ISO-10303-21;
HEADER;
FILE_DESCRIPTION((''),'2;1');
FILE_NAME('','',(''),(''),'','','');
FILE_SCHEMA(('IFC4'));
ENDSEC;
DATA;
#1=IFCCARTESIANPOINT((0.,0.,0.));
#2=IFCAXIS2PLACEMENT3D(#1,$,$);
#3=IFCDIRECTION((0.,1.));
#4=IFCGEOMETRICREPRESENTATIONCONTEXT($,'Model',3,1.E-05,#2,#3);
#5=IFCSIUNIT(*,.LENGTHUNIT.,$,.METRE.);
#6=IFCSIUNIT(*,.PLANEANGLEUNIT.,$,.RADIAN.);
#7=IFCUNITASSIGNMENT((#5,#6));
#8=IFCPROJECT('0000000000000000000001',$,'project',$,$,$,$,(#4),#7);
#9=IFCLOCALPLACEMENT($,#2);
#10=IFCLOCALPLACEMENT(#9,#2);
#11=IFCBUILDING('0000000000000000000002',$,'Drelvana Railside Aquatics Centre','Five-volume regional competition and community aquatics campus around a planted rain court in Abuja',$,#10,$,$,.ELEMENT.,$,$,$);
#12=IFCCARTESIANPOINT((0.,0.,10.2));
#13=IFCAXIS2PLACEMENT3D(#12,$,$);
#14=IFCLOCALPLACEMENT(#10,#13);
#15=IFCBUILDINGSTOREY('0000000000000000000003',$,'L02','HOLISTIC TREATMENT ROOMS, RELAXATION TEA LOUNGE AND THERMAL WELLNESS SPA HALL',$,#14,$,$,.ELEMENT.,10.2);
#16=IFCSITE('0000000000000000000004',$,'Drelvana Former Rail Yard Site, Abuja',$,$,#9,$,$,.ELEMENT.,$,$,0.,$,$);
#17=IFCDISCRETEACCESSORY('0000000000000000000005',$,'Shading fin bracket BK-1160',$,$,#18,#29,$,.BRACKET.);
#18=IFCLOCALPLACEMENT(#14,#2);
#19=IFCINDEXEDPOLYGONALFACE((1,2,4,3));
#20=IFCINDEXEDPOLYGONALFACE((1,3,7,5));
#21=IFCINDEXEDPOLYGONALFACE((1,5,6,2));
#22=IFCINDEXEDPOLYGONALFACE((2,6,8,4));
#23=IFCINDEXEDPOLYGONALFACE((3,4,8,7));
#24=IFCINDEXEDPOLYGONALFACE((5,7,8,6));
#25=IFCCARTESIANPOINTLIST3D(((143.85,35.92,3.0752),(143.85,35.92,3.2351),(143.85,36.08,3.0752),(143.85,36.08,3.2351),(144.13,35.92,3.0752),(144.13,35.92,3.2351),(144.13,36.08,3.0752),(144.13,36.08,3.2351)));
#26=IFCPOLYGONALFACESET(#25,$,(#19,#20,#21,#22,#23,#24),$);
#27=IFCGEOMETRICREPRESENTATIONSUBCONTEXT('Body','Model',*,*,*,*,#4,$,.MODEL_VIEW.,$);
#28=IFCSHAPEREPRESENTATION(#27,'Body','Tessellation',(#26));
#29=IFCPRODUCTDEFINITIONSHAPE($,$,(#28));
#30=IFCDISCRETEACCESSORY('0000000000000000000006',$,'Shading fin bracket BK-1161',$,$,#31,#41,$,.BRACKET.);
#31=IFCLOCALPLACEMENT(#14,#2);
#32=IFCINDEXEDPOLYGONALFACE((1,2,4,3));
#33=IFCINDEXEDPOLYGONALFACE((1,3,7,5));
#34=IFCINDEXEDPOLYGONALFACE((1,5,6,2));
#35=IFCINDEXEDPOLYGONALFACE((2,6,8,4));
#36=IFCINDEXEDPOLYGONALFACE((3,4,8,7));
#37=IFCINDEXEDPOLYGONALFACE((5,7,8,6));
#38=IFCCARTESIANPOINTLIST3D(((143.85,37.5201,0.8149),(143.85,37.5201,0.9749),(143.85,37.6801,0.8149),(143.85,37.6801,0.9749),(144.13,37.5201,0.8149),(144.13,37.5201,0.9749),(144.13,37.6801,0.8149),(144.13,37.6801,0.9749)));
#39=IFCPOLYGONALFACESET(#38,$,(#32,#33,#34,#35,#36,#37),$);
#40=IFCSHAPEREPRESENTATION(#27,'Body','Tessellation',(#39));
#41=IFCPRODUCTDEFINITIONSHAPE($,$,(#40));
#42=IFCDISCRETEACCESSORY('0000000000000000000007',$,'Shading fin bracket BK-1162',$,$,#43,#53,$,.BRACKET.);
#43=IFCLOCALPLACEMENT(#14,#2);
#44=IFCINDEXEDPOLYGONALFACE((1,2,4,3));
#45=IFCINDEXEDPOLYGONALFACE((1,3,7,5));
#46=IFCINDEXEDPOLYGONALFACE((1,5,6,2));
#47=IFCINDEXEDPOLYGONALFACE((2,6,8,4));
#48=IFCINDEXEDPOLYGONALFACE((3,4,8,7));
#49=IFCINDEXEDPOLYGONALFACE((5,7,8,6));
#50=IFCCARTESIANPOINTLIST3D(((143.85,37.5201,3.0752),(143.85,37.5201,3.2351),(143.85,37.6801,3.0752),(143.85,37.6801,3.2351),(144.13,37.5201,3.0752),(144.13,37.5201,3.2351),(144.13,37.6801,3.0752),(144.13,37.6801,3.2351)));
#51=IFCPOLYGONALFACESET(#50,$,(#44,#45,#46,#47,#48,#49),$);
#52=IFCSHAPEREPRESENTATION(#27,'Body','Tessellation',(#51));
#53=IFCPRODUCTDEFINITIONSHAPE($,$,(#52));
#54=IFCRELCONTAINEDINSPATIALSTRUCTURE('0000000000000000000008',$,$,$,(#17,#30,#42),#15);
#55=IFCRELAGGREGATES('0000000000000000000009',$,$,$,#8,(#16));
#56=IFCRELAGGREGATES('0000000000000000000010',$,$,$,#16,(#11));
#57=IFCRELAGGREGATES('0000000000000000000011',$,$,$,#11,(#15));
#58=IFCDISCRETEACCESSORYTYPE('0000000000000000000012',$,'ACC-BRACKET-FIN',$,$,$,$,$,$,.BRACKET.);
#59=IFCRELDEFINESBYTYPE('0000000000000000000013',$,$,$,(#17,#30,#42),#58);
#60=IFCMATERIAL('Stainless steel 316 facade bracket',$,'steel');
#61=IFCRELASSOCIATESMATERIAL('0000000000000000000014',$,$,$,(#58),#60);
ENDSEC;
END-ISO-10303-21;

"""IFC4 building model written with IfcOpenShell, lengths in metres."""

from ifc_helpers import new_model, si_unit, direction, frame, origin, origin_2d, place, context, subcontext, project, spatial, rectangle, extrude, material, type_object, element, save


model = new_model("IFC4")

# Units and contexts
model_context = context("Model", 3, precision=1e-05, world=origin(), true_north=direction((0.0, 1.0)))
body_context = subcontext(model_context, "Body", "Model", "MODEL_VIEW")
ifc_project = project(units=[si_unit("LENGTHUNIT", "METRE"), si_unit("PLANEANGLEUNIT", "RADIAN")], contexts=[model_context])

# Site, building, storey
site_placement = place(None, origin())
site = spatial("IfcSite", under=ifc_project, at=site_placement, Name="Drelvana Former Rail Yard Site, Abuja", CompositionType="ELEMENT", RefElevation=0.0)
building_placement = place(site_placement, origin())
building = spatial("IfcBuilding", under=site, at=building_placement, Name="Drelvana Railside Aquatics Centre", Description="Five-volume regional competition and community aquatics campus around a planted rain court in Abuja", CompositionType="ELEMENT")
storey_placement = place(building_placement, frame((0.0, 0.0, 10.2)))
storey = spatial("IfcBuildingStorey", under=building, at=storey_placement, Name="L02", Description="HOLISTIC TREATMENT ROOMS, RELAXATION TEA LOUNGE AND THERMAL WELLNESS SPA HALL", CompositionType="ELEMENT", Elevation=10.2)

# Discrete accessories
ifc_material_1 = material(Name="Stainless steel 316 facade bracket", Category="steel")
discrete_accessory_type = type_object("IfcDiscreteAccessoryType", Name="ACC-BRACKET-FIN", PredefinedType="BRACKET", material=ifc_material_1)
for number, where, z_axis, x_axis, name in (
    (1, (143.99, 36.0, 3.0752), (0.0, 0.0, 1.0), (-1.0, 0.0, 0.0), "Shading fin bracket BK-1160"),
    (2, (143.99, 37.6001, 0.8149), (0.0, 0.0, 1.0), (-1.0, 0.0, 0.0), "Shading fin bracket BK-1161"),
    (3, (143.99, 37.6001, 3.0752), (0.0, 0.0, 1.0), (-1.0, 0.0, 0.0), "Shading fin bracket BK-1162"),
):
    element("IfcDiscreteAccessory", number, at=place(storey_placement, frame(where, z_axis=z_axis, x_axis=x_axis)), inside=storey, type_object=discrete_accessory_type, Name=name, PredefinedType="BRACKET", context=body_context, shape_type="SweptSolid", body=[
        extrude(rectangle(XDim=0.28, YDim=0.1599, at=origin_2d()), origin(), (0.0, 0.0, 1.0), 0.1599),
    ])

save(model, "model.ifc")
